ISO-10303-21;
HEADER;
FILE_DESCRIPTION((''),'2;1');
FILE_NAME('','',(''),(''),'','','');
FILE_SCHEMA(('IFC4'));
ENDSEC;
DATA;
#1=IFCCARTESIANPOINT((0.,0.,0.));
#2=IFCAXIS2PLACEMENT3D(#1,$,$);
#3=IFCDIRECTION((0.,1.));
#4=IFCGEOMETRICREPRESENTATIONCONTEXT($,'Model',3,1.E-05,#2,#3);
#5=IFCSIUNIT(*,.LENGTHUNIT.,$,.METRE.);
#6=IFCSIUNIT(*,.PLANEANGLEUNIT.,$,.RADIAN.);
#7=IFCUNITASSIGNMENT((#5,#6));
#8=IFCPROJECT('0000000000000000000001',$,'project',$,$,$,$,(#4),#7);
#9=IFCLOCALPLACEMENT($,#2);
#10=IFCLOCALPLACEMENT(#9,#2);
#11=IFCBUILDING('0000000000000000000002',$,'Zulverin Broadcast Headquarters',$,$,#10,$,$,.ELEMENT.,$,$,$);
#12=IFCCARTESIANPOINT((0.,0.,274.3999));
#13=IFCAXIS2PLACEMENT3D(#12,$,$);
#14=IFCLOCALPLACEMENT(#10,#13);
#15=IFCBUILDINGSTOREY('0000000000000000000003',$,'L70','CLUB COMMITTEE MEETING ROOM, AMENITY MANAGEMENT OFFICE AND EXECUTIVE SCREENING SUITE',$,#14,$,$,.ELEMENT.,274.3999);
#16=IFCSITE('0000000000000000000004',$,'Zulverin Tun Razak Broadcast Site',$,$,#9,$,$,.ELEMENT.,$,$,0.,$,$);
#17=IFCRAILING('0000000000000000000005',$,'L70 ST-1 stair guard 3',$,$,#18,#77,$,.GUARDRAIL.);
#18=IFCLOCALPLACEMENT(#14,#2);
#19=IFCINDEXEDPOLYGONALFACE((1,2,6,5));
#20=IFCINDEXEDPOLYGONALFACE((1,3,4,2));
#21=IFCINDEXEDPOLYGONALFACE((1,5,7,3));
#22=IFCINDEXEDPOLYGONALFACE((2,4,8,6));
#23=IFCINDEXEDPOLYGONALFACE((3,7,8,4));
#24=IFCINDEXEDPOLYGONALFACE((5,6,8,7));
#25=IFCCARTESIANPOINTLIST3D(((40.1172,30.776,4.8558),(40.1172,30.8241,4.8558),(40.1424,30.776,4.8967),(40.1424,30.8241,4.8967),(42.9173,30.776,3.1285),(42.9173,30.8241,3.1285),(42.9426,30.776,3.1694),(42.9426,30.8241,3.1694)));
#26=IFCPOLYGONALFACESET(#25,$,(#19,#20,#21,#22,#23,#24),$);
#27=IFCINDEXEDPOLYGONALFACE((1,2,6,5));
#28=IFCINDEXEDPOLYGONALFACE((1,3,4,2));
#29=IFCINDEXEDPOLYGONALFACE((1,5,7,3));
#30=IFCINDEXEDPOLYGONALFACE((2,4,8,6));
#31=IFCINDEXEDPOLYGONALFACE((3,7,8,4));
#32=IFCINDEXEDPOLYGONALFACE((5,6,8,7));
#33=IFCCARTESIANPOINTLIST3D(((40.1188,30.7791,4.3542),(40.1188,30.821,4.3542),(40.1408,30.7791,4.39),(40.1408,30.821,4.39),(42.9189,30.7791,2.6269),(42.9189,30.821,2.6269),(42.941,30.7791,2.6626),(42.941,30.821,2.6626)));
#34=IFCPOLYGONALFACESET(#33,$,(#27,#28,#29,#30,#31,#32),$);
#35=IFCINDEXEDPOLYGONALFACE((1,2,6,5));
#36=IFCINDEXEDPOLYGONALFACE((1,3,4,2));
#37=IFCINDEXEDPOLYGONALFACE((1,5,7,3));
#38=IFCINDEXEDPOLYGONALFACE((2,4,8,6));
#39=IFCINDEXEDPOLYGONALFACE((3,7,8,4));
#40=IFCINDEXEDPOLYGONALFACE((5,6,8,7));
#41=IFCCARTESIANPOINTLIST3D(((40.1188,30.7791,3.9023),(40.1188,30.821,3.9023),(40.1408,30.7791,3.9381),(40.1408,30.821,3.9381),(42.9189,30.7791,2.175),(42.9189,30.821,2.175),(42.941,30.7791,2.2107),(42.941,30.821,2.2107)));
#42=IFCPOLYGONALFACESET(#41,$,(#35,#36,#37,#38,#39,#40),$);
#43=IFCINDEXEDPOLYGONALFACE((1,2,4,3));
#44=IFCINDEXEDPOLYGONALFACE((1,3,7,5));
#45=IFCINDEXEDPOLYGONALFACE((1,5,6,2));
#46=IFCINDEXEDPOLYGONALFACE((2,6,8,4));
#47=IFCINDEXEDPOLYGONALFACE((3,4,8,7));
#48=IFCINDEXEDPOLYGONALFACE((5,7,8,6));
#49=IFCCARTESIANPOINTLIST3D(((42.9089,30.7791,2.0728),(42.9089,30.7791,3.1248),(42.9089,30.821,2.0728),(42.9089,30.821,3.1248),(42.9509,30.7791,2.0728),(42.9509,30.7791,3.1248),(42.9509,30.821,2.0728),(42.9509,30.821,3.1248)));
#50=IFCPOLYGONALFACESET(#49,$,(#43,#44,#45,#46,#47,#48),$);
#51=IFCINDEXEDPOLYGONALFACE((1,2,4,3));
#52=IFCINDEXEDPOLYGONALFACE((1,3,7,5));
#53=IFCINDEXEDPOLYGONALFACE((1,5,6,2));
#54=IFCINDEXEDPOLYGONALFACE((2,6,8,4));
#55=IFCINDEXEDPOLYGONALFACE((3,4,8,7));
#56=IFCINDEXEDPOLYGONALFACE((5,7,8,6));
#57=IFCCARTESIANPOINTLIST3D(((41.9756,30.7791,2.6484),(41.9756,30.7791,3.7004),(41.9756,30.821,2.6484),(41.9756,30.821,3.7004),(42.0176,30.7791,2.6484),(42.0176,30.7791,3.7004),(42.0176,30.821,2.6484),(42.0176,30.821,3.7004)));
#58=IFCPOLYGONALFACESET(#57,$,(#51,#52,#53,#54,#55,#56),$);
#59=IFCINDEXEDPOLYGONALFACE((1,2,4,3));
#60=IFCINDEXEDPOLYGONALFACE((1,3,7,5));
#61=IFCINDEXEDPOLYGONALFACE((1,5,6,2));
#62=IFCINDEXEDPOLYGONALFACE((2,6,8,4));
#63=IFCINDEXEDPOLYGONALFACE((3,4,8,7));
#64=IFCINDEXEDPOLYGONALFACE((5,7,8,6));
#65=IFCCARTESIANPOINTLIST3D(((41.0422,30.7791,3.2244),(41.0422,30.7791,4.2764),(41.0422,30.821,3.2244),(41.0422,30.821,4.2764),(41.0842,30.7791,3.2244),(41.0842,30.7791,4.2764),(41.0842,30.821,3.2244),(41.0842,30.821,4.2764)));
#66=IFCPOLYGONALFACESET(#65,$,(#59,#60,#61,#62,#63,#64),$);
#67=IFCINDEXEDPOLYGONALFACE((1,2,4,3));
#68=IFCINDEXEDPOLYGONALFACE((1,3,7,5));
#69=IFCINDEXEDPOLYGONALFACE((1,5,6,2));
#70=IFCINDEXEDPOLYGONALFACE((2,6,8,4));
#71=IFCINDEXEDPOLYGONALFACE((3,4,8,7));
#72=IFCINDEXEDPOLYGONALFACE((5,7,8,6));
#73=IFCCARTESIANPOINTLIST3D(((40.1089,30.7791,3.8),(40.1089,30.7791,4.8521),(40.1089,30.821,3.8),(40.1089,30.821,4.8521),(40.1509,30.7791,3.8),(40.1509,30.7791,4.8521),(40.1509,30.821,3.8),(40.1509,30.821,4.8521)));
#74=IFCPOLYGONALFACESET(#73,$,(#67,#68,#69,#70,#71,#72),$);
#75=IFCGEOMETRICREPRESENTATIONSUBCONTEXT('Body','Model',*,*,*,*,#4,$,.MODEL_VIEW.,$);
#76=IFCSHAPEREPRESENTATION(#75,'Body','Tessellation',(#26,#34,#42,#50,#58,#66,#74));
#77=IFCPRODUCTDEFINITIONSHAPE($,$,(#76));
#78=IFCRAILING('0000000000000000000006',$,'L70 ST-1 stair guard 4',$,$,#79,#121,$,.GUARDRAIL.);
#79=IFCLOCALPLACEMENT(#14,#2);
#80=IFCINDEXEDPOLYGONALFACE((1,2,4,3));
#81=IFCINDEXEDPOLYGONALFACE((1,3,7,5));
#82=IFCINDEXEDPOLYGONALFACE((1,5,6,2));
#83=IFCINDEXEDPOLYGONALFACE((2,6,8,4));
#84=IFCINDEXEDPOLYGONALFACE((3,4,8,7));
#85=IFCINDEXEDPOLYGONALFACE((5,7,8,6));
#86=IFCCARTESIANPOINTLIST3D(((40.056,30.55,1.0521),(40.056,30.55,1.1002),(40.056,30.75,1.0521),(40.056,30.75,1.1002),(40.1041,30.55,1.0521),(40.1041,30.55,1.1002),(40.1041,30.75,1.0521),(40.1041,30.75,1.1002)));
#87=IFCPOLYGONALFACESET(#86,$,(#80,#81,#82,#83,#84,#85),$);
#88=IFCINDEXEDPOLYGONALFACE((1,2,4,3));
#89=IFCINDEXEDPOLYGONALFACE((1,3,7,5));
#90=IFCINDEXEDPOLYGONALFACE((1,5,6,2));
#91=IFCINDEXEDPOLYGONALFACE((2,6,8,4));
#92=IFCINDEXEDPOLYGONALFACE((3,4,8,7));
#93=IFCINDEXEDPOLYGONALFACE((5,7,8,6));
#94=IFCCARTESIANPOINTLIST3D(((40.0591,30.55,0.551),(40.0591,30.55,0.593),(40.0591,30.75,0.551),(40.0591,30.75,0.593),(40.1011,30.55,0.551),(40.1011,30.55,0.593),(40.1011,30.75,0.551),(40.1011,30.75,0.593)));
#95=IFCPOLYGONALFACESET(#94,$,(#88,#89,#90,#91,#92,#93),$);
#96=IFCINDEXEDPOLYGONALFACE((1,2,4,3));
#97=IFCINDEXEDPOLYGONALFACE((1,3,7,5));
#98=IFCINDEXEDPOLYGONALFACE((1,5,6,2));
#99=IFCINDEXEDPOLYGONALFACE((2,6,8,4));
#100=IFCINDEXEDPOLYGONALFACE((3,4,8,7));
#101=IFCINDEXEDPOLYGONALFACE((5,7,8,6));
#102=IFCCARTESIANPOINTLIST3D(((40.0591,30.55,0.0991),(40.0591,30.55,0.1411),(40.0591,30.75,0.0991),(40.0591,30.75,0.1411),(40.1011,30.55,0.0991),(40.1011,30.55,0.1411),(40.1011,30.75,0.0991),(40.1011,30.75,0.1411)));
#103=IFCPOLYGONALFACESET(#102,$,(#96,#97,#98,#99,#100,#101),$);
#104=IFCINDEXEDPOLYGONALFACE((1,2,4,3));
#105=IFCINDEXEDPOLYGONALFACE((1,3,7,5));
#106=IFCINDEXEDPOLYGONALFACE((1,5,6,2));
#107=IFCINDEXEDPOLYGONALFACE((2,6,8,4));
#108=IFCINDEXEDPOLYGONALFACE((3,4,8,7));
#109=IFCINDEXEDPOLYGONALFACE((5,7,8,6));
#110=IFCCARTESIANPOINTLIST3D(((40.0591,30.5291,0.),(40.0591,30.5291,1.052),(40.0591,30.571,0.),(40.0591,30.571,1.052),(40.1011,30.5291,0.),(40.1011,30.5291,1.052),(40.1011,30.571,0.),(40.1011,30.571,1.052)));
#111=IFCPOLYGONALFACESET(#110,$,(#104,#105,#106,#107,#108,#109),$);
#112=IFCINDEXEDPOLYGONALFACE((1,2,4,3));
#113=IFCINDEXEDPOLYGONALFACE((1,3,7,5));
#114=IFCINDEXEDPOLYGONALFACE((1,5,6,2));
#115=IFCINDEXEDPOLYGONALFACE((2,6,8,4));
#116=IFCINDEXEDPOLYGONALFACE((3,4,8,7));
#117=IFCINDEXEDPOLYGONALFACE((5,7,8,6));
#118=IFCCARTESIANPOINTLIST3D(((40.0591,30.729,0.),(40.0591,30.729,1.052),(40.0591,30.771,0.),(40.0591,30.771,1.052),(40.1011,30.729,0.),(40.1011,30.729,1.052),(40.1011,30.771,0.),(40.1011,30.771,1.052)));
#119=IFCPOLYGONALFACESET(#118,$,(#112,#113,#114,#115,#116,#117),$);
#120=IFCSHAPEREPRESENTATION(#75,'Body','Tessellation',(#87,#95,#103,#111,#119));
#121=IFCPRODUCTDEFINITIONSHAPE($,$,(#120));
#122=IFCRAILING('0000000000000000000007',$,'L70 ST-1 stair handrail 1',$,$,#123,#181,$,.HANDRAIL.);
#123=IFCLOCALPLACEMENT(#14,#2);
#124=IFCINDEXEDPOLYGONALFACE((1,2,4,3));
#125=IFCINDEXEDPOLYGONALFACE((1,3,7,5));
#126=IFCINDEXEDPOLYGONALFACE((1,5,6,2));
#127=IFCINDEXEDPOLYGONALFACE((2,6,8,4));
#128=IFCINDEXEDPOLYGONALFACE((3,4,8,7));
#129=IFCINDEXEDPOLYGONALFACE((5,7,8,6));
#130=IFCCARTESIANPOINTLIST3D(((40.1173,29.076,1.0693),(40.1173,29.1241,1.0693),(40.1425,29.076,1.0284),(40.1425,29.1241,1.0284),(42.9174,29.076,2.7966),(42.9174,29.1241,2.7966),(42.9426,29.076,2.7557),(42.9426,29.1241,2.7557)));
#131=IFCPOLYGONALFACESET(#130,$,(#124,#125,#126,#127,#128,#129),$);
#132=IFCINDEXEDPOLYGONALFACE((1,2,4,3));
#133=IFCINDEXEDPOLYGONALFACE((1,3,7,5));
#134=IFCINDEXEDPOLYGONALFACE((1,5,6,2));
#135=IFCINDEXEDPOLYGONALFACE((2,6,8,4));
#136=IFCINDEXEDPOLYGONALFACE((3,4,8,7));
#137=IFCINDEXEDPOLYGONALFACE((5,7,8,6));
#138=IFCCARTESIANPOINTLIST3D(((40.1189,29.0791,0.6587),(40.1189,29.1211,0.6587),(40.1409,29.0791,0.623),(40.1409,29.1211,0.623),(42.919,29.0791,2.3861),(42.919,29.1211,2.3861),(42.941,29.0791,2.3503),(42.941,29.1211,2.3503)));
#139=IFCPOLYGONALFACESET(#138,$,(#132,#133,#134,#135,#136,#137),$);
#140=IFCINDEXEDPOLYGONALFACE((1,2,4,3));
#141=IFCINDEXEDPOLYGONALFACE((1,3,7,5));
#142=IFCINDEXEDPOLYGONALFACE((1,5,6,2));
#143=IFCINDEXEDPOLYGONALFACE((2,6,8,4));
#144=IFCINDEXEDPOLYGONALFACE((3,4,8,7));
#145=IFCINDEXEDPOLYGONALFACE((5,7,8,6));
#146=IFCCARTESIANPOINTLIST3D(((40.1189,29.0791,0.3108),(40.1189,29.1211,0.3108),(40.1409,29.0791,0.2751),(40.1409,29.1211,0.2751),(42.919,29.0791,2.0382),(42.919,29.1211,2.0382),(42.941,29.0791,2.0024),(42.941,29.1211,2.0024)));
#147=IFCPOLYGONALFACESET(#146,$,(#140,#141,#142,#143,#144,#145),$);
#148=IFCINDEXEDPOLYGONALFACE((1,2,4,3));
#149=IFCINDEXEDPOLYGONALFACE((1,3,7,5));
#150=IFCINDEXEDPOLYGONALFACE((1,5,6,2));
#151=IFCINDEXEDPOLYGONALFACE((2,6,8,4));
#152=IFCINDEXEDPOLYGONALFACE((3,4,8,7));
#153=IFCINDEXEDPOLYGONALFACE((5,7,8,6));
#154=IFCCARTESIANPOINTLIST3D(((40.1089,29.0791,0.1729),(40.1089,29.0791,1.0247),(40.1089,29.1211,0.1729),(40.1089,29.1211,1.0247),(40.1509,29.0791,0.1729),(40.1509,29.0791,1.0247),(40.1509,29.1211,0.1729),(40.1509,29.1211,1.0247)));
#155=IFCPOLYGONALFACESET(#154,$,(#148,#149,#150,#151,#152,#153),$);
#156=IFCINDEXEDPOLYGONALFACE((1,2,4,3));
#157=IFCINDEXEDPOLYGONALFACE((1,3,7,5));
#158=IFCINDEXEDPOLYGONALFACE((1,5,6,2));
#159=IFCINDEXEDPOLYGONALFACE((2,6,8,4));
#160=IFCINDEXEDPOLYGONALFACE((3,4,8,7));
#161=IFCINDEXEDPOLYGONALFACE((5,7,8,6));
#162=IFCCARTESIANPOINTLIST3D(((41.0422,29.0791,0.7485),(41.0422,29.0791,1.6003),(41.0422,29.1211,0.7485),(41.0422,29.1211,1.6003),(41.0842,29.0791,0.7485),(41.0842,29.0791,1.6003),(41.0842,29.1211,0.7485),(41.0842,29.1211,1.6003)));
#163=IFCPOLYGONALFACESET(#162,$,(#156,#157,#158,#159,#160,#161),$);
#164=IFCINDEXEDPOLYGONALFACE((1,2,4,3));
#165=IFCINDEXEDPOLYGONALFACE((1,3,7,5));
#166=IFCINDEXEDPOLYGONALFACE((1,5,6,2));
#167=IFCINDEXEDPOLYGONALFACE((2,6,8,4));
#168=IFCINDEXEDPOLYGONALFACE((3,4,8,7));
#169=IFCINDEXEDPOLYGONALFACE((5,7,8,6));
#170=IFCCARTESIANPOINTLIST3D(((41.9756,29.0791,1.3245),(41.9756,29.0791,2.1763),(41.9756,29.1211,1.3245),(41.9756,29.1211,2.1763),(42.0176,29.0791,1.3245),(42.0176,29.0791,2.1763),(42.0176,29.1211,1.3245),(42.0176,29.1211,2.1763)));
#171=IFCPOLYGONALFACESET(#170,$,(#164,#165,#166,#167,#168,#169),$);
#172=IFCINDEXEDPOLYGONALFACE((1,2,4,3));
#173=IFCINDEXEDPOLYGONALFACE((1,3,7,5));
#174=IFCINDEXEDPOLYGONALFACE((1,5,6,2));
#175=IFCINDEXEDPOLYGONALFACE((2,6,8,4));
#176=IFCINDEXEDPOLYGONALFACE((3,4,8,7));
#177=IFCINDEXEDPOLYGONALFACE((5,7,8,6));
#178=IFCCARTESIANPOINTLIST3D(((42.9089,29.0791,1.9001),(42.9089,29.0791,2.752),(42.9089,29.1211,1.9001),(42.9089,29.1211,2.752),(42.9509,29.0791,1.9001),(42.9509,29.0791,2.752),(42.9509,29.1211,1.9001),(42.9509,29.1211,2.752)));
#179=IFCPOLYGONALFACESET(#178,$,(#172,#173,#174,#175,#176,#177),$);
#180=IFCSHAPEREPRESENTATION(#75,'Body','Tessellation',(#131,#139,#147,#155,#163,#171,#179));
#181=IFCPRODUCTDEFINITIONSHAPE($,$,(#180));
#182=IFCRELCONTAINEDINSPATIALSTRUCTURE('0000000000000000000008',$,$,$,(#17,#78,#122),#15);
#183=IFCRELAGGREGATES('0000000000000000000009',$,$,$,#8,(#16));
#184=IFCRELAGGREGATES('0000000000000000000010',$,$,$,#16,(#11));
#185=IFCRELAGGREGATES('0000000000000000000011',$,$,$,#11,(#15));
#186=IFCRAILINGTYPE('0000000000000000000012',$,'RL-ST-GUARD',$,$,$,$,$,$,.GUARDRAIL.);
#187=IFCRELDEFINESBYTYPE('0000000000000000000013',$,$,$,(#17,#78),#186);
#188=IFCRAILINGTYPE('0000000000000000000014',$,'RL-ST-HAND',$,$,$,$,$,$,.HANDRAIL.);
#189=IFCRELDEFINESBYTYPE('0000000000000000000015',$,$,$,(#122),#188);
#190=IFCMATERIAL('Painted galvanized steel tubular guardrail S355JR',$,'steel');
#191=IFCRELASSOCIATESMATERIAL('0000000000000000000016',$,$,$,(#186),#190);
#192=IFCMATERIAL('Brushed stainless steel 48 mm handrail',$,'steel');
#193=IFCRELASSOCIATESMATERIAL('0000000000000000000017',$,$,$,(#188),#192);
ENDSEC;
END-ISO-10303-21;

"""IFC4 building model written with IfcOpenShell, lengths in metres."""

from ifc_helpers import new_model, si_unit, direction, frame, origin, origin_2d, place, context, subcontext, project, spatial, rectangle, extrude, material, type_object, element, save


model = new_model("IFC4")

# Units and contexts
model_context = context("Model", 3, precision=1e-05, world=origin(), true_north=direction((0.0, 1.0)))
body_context = subcontext(model_context, "Body", "Model", "MODEL_VIEW")
ifc_project = project(units=[si_unit("LENGTHUNIT", "METRE"), si_unit("PLANEANGLEUNIT", "RADIAN")], contexts=[model_context])

# Site, building, storey
site_placement = place(None, origin())
site = spatial("IfcSite", under=ifc_project, at=site_placement, Name="Zulverin Tun Razak Broadcast Site", CompositionType="ELEMENT", RefElevation=0.0)
building_placement = place(site_placement, origin())
building = spatial("IfcBuilding", under=site, at=building_placement, Name="Zulverin Broadcast Headquarters", CompositionType="ELEMENT")
storey_placement = place(building_placement, frame((0.0, 0.0, 274.3999)))
storey = spatial("IfcBuildingStorey", under=building, at=storey_placement, Name="L70", Description="CLUB COMMITTEE MEETING ROOM, AMENITY MANAGEMENT OFFICE AND EXECUTIVE SCREENING SUITE", CompositionType="ELEMENT", Elevation=274.3999)

# Railings
ifc_material_1 = material(Name="Painted galvanized steel tubular guardrail S355JR", Category="steel")
railing_type_1 = type_object("IfcRailingType", Name="RL-ST-GUARD", PredefinedType="GUARDRAIL", material=ifc_material_1)
railing_1_placement = place(storey_placement, frame((42.9299, 30.8, 2.0728)))
element("IfcRailing", 1, at=railing_1_placement, inside=storey, type_object=railing_type_1, Name="L70 ST-1 stair guard 3", PredefinedType="GUARDRAIL", context=body_context, shape_type="SweptSolid", body=[
    extrude(rectangle(XDim=0.0481, YDim=0.0481, at=origin_2d()), frame((0.0, 0.0, 1.0762), z_axis=(-0.85109, 0.0, 0.52502), x_axis=(0.0, -1.0, 0.0)), (0.0, 0.0, 1.0), 3.29),
    extrude(rectangle(XDim=0.042, YDim=0.042, at=origin_2d()), frame((0.0, 0.0, 0.572), z_axis=(-0.85109, 0.0, 0.52502), x_axis=(0.0, -1.0, 0.0)), (0.0, 0.0, 1.0), 3.29),
    extrude(rectangle(XDim=0.042, YDim=0.042, at=origin_2d()), frame((0.0, 0.0, 0.1201), z_axis=(-0.85109, 0.0, 0.52502), x_axis=(0.0, -1.0, 0.0)), (0.0, 0.0, 1.0), 3.29),
    extrude(rectangle(XDim=0.042, YDim=0.042, at=origin_2d()), origin(), (0.0, 0.0, 1.0), 1.052),
    extrude(rectangle(XDim=0.042, YDim=0.042, at=origin_2d()), frame((-0.9333, 0.0, 0.5757)), (0.0, 0.0, 1.0), 1.052),
    extrude(rectangle(XDim=0.042, YDim=0.042, at=origin_2d()), frame((-1.8667, 0.0, 1.1516)), (0.0, 0.0, 1.0), 1.052),
    extrude(rectangle(XDim=0.042, YDim=0.042, at=origin_2d()), frame((-2.8, 0.0, 1.7273)), (0.0, 0.0, 1.0), 1.052),
])
railing_2_placement = place(storey_placement, frame((40.0801, 30.55, 0.0)))
element("IfcRailing", 2, at=railing_2_placement, inside=storey, type_object=railing_type_1, Name="L70 ST-1 stair guard 4", PredefinedType="GUARDRAIL", context=body_context, shape_type="SweptSolid", body=[
    extrude(rectangle(XDim=0.0481, YDim=0.0481, at=origin_2d()), frame((0.0, 0.0, 1.0762), z_axis=(0.0, 1.0, 0.0), x_axis=(-1.0, 0.0, 0.0)), (0.0, 0.0, 1.0), 0.2),
    extrude(rectangle(XDim=0.042, YDim=0.042, at=origin_2d()), frame((0.0, 0.0, 0.572), z_axis=(0.0, 1.0, 0.0), x_axis=(-1.0, 0.0, 0.0)), (0.0, 0.0, 1.0), 0.2),
    extrude(rectangle(XDim=0.042, YDim=0.042, at=origin_2d()), frame((0.0, 0.0, 0.1201), z_axis=(0.0, 1.0, 0.0), x_axis=(-1.0, 0.0, 0.0)), (0.0, 0.0, 1.0), 0.2),
    extrude(rectangle(XDim=0.042, YDim=0.042, at=origin_2d()), origin(), (0.0, 0.0, 1.0), 1.052),
    extrude(rectangle(XDim=0.042, YDim=0.042, at=origin_2d()), frame((0.0, 0.2, 0.0)), (0.0, 0.0, 1.0), 1.052),
])
ifc_material_2 = material(Name="Brushed stainless steel 48 mm handrail", Category="steel")
railing_type_2 = type_object("IfcRailingType", Name="RL-ST-HAND", PredefinedType="HANDRAIL", material=ifc_material_2)
railing_3_placement = place(storey_placement, frame((40.1299, 29.1001, 0.1729)))
element("IfcRailing", 3, at=railing_3_placement, inside=storey, type_object=railing_type_2, Name="L70 ST-1 stair handrail 1", PredefinedType="HANDRAIL", context=body_context, shape_type="SweptSolid", body=[
    extrude(rectangle(XDim=0.0481, YDim=0.0481, at=origin_2d()), frame((0.0, 0.0, 0.876), z_axis=(0.85109, 0.0, 0.52502), x_axis=(0.0, 1.0, 0.0)), (0.0, 0.0, 1.0), 3.29),
    extrude(rectangle(XDim=0.042, YDim=0.042, at=origin_2d()), frame((0.0, 0.0, 0.468), z_axis=(0.85109, 0.0, 0.52502), x_axis=(0.0, 1.0, 0.0)), (0.0, 0.0, 1.0), 3.29),
    extrude(rectangle(XDim=0.042, YDim=0.042, at=origin_2d()), frame((0.0, 0.0, 0.1201), z_axis=(0.85109, 0.0, 0.52502), x_axis=(0.0, 1.0, 0.0)), (0.0, 0.0, 1.0), 3.29),
    extrude(rectangle(XDim=0.042, YDim=0.042, at=origin_2d()), origin(), (0.0, 0.0, 1.0), 0.8518),
    extrude(rectangle(XDim=0.042, YDim=0.042, at=origin_2d()), frame((0.9333, 0.0, 0.5757)), (0.0, 0.0, 1.0), 0.8518),
    extrude(rectangle(XDim=0.042, YDim=0.042, at=origin_2d()), frame((1.8667, 0.0, 1.1516)), (0.0, 0.0, 1.0), 0.8518),
    extrude(rectangle(XDim=0.042, YDim=0.042, at=origin_2d()), frame((2.8, 0.0, 1.7273)), (0.0, 0.0, 1.0), 0.8518),
])

save(model, "model.ifc")
